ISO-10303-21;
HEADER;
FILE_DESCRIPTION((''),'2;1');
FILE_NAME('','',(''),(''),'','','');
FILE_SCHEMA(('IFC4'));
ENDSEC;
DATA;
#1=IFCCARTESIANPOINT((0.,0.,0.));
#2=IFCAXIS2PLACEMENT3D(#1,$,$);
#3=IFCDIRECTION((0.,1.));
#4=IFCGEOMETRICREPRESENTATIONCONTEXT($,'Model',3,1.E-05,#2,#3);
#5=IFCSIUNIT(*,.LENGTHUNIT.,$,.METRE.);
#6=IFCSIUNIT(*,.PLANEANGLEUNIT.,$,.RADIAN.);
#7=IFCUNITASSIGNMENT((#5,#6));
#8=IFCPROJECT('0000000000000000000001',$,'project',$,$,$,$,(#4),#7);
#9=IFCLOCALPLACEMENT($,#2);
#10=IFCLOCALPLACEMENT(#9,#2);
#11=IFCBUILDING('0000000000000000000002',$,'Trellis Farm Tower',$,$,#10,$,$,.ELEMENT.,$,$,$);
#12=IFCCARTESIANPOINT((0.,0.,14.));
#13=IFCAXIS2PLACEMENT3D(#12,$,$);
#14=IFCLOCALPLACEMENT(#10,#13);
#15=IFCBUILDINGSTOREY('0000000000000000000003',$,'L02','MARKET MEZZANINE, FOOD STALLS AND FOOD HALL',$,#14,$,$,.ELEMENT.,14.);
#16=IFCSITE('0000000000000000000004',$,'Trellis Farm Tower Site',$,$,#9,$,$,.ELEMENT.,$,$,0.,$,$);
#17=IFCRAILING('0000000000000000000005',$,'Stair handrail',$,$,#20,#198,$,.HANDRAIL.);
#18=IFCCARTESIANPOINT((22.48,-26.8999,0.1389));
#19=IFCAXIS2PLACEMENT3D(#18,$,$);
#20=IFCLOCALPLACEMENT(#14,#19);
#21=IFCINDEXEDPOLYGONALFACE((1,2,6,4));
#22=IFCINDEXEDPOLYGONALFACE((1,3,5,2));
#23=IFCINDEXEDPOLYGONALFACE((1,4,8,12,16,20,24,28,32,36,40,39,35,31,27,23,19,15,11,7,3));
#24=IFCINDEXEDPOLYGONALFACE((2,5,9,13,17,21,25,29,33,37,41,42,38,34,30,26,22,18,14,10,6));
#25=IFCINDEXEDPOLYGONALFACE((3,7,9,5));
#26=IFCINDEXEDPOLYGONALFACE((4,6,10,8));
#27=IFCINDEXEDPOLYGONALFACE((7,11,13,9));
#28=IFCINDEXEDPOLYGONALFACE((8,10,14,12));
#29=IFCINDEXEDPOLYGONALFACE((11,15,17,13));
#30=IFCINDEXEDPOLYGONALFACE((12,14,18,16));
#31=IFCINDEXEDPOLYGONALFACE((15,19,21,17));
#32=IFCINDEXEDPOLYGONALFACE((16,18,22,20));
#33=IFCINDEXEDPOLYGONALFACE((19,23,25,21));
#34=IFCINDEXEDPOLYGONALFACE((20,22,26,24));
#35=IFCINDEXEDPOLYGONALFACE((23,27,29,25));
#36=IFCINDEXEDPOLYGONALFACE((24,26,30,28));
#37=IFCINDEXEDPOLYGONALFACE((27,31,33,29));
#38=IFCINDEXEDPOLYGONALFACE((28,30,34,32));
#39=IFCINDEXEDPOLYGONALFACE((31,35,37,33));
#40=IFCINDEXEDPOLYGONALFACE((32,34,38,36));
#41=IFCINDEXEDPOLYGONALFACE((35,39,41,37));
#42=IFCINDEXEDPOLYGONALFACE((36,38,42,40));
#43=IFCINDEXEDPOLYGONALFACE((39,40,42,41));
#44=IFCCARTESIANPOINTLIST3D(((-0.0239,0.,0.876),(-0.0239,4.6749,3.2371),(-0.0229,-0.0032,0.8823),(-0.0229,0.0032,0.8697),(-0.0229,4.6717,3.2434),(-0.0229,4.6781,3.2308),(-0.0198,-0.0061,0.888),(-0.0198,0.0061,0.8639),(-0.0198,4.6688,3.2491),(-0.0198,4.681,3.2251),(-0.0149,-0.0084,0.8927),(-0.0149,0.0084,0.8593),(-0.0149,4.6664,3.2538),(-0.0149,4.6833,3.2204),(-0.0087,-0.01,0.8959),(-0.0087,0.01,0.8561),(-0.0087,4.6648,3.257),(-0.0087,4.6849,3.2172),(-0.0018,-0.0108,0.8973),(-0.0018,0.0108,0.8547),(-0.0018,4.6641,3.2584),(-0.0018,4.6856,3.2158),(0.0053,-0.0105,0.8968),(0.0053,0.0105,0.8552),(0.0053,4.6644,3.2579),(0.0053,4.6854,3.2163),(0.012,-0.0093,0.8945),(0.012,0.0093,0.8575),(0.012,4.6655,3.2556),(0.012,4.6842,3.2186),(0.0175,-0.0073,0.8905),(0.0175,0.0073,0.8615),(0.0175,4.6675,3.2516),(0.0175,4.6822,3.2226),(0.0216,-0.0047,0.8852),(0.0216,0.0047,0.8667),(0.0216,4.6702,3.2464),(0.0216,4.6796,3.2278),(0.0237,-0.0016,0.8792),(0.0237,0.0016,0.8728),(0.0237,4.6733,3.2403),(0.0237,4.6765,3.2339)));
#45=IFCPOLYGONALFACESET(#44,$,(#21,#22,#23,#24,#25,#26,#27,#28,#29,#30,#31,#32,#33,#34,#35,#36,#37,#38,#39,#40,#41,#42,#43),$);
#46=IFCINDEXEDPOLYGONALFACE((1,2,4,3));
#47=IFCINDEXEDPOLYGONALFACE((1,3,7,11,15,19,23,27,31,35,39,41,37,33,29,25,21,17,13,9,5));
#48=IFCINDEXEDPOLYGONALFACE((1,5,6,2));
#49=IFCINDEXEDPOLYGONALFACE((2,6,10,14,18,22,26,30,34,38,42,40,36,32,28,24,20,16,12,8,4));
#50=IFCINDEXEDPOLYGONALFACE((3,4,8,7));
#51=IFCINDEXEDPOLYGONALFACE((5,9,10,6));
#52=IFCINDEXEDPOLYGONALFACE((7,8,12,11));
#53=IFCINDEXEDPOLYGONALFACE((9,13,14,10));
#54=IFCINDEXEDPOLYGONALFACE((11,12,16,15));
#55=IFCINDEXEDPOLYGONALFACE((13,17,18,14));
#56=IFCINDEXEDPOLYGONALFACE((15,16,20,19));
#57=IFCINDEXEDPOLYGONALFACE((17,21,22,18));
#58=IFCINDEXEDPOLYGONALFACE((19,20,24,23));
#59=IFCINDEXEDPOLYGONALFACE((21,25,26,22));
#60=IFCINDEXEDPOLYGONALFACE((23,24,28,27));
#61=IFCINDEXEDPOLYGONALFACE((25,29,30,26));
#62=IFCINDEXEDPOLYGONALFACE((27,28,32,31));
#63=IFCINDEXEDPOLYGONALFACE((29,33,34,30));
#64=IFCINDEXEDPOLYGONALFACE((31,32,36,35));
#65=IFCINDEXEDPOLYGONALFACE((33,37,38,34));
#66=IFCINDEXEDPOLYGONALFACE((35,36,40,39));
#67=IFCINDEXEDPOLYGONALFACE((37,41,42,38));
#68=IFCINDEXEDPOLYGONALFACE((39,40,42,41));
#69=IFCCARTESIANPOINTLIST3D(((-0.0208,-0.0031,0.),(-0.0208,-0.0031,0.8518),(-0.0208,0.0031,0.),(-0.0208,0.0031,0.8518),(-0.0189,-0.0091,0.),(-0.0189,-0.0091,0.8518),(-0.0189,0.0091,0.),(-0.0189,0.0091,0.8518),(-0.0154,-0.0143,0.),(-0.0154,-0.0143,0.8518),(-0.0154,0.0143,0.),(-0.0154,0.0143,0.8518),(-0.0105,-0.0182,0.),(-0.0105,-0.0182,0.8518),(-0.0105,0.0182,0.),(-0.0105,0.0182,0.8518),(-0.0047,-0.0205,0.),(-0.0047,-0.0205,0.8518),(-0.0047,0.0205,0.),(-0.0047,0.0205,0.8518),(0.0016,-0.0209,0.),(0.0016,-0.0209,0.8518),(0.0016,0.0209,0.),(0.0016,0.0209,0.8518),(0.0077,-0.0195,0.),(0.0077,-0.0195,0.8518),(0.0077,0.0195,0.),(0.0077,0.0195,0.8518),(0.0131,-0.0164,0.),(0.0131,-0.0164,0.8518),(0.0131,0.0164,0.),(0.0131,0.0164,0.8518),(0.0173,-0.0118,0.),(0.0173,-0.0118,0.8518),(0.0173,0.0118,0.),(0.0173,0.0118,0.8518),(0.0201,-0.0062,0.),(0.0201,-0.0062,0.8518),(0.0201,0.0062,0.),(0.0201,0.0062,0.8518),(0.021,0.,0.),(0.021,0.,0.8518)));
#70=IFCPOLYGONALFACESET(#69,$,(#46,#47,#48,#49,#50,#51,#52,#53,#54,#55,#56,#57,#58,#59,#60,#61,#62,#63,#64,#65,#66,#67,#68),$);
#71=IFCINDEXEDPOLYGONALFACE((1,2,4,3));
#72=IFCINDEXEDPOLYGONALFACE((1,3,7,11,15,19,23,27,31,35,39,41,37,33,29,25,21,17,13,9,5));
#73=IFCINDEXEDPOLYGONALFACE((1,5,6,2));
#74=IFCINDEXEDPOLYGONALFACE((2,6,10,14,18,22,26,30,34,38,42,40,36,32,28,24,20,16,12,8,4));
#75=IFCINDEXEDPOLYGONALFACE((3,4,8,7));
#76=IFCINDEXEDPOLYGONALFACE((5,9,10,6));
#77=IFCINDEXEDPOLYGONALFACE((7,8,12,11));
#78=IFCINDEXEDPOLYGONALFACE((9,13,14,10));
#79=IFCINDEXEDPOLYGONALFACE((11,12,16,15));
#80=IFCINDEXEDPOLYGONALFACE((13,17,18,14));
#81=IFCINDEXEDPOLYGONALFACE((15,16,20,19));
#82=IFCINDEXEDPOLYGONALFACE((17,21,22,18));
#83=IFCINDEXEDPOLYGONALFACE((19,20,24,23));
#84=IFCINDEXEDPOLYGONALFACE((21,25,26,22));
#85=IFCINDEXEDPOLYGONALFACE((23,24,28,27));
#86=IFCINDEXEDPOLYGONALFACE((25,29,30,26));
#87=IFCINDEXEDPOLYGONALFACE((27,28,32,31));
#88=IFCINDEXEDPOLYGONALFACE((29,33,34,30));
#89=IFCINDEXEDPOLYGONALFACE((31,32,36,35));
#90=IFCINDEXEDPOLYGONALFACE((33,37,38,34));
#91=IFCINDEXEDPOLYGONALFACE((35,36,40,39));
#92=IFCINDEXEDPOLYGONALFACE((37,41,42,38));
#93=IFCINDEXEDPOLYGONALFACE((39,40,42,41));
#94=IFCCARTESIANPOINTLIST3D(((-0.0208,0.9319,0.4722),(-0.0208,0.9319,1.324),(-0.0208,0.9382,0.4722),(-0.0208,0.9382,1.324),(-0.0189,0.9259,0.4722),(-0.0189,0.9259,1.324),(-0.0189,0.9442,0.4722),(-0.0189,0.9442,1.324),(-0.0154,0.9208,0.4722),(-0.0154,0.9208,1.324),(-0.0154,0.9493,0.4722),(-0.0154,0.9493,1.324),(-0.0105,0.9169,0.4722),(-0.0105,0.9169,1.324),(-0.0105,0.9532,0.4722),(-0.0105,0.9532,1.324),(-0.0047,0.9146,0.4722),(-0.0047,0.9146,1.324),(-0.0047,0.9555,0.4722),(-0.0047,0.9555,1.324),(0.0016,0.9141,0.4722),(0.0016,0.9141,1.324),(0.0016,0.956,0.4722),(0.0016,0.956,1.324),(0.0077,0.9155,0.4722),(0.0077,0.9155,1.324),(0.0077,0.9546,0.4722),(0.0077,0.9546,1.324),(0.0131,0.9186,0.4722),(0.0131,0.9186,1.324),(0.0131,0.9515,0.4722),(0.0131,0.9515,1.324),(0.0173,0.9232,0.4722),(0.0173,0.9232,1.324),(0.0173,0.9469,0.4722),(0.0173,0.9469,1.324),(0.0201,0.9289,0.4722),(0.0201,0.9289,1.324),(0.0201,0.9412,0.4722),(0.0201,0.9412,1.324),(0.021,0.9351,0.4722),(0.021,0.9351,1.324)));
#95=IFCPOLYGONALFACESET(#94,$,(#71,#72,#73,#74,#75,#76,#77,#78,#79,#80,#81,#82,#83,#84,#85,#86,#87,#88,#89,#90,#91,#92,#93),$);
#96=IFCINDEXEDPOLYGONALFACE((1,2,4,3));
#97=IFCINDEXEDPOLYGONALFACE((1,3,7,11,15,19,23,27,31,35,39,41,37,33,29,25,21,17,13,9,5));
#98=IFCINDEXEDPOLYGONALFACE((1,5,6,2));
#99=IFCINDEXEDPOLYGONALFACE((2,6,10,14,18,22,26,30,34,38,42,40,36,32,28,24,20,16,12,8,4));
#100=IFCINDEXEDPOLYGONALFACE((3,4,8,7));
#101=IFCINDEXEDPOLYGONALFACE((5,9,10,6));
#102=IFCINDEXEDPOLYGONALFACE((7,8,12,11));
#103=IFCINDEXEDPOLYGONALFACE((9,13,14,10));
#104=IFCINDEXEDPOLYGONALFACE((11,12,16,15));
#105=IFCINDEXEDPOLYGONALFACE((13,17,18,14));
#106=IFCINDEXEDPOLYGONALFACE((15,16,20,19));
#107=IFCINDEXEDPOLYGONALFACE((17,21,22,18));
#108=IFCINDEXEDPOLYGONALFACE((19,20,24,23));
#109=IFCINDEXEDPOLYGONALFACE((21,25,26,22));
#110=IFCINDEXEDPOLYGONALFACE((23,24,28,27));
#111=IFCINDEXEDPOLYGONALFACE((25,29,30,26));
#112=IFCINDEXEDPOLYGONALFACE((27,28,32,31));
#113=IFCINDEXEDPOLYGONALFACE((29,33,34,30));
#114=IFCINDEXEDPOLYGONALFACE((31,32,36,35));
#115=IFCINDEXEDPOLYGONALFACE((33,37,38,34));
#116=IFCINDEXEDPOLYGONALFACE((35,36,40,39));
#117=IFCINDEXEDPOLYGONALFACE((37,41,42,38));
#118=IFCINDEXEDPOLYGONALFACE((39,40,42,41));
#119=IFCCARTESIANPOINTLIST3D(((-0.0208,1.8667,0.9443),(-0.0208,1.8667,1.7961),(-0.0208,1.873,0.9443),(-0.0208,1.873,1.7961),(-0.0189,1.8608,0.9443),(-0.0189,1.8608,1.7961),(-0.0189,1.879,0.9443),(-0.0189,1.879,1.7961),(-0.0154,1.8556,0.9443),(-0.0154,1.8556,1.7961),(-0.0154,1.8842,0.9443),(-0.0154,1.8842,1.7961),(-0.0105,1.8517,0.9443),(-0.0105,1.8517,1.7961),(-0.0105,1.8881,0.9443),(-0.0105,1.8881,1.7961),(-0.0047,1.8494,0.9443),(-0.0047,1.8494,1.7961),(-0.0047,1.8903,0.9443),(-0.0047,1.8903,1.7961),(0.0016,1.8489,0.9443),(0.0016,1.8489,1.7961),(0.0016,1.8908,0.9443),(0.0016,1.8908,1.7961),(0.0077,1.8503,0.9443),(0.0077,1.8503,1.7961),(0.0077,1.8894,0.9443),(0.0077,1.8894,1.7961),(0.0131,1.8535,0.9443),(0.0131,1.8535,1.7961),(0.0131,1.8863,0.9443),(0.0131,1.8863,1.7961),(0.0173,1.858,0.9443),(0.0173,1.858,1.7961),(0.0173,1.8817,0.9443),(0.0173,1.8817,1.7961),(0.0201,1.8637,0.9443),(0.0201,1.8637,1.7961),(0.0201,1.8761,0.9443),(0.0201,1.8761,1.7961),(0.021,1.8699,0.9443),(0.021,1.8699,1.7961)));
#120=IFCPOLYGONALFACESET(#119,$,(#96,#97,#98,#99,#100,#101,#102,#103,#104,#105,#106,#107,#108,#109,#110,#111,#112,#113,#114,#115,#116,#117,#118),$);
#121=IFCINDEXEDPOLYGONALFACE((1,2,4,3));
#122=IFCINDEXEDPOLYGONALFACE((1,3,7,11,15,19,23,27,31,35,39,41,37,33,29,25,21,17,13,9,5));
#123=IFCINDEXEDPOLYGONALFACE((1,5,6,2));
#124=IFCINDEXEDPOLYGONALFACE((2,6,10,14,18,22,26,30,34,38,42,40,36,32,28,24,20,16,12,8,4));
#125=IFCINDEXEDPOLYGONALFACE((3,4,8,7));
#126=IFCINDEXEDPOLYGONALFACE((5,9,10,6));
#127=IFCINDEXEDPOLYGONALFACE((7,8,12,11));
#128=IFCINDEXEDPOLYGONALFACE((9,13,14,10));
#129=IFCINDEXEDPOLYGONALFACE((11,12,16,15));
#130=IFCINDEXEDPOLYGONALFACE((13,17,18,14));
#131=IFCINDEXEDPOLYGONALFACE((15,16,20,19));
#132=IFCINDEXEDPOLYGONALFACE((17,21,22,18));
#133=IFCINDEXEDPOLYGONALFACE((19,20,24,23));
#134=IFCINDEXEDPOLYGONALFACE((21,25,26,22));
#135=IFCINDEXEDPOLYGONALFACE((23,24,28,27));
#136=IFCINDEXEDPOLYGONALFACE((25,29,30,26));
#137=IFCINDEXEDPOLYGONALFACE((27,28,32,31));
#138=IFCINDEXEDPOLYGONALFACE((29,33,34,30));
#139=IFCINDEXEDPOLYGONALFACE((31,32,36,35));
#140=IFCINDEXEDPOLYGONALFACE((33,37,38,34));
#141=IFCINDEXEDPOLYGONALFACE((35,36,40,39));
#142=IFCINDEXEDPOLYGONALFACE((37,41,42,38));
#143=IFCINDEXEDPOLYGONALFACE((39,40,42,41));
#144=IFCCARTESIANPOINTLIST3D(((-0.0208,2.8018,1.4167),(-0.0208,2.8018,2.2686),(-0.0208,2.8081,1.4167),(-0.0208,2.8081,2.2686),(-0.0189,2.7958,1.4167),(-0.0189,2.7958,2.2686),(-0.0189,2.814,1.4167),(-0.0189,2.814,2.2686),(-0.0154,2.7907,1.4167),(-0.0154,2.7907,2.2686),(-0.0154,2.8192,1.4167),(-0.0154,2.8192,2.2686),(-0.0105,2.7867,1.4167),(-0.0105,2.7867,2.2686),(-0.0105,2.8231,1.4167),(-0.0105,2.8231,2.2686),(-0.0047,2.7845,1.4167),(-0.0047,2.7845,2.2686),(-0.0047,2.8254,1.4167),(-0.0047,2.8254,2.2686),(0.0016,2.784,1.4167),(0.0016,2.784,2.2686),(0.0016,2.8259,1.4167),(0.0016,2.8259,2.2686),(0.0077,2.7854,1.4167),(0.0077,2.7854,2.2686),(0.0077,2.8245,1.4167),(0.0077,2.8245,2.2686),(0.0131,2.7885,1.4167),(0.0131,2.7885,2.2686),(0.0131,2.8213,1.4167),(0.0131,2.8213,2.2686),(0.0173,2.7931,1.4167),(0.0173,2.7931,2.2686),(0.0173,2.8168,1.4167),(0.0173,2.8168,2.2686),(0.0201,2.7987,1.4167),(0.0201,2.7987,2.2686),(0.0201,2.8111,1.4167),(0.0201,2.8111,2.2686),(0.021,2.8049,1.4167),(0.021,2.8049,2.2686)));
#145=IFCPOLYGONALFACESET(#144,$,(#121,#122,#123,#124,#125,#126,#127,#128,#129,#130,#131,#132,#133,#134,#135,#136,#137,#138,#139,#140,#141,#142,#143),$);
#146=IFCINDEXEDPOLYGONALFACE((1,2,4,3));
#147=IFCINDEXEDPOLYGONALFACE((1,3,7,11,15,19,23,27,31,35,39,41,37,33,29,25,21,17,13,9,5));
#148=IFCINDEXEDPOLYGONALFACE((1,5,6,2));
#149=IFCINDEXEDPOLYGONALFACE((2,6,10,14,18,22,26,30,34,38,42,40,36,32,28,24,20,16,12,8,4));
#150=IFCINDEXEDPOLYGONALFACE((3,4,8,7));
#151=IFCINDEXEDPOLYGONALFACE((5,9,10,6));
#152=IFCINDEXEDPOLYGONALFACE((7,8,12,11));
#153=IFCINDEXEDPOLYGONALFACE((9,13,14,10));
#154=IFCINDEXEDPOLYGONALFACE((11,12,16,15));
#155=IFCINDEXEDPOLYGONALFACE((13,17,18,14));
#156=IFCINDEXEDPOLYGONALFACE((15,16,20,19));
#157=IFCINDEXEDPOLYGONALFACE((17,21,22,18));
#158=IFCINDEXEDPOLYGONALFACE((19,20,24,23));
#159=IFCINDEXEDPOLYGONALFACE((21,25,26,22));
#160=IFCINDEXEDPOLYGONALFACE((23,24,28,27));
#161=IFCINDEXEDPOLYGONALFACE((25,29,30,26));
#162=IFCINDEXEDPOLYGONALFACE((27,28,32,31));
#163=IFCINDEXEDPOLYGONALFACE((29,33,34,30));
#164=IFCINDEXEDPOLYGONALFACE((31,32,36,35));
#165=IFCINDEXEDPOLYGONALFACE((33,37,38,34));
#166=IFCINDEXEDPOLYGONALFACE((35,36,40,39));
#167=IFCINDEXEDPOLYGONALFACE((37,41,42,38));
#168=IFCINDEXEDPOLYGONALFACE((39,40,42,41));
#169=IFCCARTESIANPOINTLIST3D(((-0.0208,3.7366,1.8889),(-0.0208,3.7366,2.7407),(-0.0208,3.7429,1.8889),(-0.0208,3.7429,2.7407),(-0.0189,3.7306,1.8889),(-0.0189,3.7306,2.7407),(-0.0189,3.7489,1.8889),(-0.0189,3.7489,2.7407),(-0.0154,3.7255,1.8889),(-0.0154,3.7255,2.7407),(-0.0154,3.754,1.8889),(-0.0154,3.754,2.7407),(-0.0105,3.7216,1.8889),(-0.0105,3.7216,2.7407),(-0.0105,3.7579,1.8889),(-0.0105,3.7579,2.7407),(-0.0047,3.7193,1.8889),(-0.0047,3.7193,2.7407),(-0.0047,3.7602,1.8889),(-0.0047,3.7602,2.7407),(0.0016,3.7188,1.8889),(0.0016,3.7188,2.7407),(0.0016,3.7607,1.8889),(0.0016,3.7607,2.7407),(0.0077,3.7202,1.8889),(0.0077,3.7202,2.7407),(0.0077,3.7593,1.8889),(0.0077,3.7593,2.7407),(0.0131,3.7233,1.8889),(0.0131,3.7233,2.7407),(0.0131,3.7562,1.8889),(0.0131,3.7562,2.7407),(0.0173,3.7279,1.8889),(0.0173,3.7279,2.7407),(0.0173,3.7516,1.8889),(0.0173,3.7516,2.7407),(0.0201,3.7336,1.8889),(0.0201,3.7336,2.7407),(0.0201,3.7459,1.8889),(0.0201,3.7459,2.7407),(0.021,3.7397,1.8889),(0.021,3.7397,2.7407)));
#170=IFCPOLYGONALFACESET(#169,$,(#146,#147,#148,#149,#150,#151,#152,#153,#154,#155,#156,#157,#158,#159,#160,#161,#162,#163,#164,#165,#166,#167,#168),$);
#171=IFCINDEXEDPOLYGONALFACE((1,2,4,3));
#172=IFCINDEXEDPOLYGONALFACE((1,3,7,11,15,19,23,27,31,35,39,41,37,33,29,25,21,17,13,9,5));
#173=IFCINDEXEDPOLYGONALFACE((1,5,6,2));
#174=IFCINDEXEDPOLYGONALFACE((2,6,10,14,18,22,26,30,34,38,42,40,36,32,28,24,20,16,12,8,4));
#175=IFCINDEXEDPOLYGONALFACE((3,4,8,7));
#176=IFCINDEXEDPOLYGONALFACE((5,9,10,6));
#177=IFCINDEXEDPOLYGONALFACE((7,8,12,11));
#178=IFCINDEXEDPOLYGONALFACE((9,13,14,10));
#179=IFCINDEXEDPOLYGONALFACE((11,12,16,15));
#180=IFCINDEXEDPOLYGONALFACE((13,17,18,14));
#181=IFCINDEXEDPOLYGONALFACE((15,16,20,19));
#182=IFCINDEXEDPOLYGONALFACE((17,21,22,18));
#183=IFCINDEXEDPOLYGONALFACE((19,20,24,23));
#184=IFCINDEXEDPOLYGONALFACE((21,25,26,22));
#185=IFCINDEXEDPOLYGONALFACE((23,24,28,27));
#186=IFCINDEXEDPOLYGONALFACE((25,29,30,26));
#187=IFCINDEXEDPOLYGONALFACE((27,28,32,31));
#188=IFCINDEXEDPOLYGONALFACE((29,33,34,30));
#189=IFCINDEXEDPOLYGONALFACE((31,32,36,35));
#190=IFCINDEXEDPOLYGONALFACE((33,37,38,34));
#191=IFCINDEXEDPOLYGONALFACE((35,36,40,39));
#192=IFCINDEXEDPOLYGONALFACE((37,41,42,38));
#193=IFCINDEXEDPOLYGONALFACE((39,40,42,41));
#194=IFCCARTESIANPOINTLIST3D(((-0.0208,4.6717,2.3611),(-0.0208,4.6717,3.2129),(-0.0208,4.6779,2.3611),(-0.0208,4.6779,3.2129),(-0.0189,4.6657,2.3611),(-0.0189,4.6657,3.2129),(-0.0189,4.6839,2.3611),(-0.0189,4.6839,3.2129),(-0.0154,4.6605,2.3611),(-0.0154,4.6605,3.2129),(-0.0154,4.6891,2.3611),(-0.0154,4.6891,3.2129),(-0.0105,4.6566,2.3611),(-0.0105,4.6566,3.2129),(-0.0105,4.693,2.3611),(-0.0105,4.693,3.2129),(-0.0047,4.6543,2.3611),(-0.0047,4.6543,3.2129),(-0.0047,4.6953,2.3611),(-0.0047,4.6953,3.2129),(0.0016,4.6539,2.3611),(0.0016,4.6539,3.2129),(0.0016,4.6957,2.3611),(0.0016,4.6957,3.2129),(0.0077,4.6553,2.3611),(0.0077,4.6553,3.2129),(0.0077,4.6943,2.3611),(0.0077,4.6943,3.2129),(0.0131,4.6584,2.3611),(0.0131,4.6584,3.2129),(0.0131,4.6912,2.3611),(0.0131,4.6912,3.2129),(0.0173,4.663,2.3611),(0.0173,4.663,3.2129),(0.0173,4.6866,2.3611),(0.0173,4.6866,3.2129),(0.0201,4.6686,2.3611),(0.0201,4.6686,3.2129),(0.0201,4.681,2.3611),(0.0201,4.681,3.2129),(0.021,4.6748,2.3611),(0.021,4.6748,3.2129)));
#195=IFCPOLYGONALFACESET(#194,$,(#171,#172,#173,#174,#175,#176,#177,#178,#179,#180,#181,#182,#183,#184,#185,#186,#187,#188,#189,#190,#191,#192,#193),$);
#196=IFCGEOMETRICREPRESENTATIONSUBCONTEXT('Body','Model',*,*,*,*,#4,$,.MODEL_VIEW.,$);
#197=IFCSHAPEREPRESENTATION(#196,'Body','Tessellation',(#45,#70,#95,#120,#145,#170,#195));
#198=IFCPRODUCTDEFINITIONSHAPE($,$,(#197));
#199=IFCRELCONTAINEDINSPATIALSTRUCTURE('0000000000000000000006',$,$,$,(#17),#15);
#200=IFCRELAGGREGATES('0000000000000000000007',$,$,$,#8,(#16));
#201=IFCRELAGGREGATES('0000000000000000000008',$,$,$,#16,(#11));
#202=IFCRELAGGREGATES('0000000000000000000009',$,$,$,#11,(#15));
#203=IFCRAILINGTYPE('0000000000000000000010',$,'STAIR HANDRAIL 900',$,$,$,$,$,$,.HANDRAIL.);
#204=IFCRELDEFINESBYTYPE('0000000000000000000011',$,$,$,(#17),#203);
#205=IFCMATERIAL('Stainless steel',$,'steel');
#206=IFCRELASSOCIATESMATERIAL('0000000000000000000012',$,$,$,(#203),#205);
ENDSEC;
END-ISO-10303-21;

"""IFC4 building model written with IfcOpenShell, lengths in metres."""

from ifc_helpers import new_model, si_unit, direction, frame, origin, origin_2d, place, context, subcontext, project, spatial, circle, extrude, source, transform, mapped, material, type_object, element, save


model = new_model("IFC4")

# Units and contexts
model_context = context("Model", 3, precision=1e-05, world=origin(), true_north=direction((0.0, 1.0)))
body_context = subcontext(model_context, "Body", "Model", "MODEL_VIEW")
ifc_project = project(units=[si_unit("LENGTHUNIT", "METRE"), si_unit("PLANEANGLEUNIT", "RADIAN")], contexts=[model_context])

# Site, building, storey
site_placement = place(None, origin())
site = spatial("IfcSite", under=ifc_project, at=site_placement, Name="Trellis Farm Tower Site", CompositionType="ELEMENT", RefElevation=0.0)
building_placement = place(site_placement, origin())
building = spatial("IfcBuilding", under=site, at=building_placement, Name="Trellis Farm Tower", CompositionType="ELEMENT")
storey_placement = place(building_placement, frame((0.0, 0.0, 14.0)))
storey = spatial("IfcBuildingStorey", under=building, at=storey_placement, Name="L02", Description="MARKET MEZZANINE, FOOD STALLS AND FOOD HALL", CompositionType="ELEMENT", Elevation=14.0)

# Railing
ifc_material_1 = material(Name="Stainless steel", Category="steel")
railing_type = type_object("IfcRailingType", Name="STAIR HANDRAIL 900", PredefinedType="HANDRAIL", material=ifc_material_1)
shared_shape_1 = source(origin(), body_context, "Body", "SweptSolid", [
    extrude(circle(Radius=0.0239, at=origin_2d()), frame((0.0, 0.0, 0.876), z_axis=(0.0, 0.892611, 0.450827), x_axis=(-1.0, 0.0, 0.0)), (0.0, 0.0, 1.0), 5.2373),
    extrude(circle(Radius=0.021, at=origin_2d()), origin(), (0.0, 0.0, 1.0), 0.8518),
    extrude(circle(Radius=0.021, at=origin_2d()), frame((0.0, 0.9351, 0.4722)), (0.0, 0.0, 1.0), 0.8518),
    extrude(circle(Radius=0.021, at=origin_2d()), frame((0.0, 1.8699, 0.9443)), (0.0, 0.0, 1.0), 0.8518),
    extrude(circle(Radius=0.021, at=origin_2d()), frame((0.0, 2.8049, 1.4167)), (0.0, 0.0, 1.0), 0.8518),
    extrude(circle(Radius=0.021, at=origin_2d()), frame((0.0, 3.7397, 1.8889)), (0.0, 0.0, 1.0), 0.8518),
    extrude(circle(Radius=0.021, at=origin_2d()), frame((0.0, 4.6748, 2.3611)), (0.0, 0.0, 1.0), 0.8518),
])
for number, where, name in (
    (1, (22.48, -26.8999, 0.1389), "Stair handrail"),
):
    element("IfcRailing", number, at=place(storey_placement, frame(where)), inside=storey, type_object=railing_type, Name=name, PredefinedType="HANDRAIL", context=body_context, shape_type="MappedRepresentation", body=[
        mapped(shared_shape_1, transform((0.0, 0.0, 0.0))),
    ])

save(model, "model.ifc")
